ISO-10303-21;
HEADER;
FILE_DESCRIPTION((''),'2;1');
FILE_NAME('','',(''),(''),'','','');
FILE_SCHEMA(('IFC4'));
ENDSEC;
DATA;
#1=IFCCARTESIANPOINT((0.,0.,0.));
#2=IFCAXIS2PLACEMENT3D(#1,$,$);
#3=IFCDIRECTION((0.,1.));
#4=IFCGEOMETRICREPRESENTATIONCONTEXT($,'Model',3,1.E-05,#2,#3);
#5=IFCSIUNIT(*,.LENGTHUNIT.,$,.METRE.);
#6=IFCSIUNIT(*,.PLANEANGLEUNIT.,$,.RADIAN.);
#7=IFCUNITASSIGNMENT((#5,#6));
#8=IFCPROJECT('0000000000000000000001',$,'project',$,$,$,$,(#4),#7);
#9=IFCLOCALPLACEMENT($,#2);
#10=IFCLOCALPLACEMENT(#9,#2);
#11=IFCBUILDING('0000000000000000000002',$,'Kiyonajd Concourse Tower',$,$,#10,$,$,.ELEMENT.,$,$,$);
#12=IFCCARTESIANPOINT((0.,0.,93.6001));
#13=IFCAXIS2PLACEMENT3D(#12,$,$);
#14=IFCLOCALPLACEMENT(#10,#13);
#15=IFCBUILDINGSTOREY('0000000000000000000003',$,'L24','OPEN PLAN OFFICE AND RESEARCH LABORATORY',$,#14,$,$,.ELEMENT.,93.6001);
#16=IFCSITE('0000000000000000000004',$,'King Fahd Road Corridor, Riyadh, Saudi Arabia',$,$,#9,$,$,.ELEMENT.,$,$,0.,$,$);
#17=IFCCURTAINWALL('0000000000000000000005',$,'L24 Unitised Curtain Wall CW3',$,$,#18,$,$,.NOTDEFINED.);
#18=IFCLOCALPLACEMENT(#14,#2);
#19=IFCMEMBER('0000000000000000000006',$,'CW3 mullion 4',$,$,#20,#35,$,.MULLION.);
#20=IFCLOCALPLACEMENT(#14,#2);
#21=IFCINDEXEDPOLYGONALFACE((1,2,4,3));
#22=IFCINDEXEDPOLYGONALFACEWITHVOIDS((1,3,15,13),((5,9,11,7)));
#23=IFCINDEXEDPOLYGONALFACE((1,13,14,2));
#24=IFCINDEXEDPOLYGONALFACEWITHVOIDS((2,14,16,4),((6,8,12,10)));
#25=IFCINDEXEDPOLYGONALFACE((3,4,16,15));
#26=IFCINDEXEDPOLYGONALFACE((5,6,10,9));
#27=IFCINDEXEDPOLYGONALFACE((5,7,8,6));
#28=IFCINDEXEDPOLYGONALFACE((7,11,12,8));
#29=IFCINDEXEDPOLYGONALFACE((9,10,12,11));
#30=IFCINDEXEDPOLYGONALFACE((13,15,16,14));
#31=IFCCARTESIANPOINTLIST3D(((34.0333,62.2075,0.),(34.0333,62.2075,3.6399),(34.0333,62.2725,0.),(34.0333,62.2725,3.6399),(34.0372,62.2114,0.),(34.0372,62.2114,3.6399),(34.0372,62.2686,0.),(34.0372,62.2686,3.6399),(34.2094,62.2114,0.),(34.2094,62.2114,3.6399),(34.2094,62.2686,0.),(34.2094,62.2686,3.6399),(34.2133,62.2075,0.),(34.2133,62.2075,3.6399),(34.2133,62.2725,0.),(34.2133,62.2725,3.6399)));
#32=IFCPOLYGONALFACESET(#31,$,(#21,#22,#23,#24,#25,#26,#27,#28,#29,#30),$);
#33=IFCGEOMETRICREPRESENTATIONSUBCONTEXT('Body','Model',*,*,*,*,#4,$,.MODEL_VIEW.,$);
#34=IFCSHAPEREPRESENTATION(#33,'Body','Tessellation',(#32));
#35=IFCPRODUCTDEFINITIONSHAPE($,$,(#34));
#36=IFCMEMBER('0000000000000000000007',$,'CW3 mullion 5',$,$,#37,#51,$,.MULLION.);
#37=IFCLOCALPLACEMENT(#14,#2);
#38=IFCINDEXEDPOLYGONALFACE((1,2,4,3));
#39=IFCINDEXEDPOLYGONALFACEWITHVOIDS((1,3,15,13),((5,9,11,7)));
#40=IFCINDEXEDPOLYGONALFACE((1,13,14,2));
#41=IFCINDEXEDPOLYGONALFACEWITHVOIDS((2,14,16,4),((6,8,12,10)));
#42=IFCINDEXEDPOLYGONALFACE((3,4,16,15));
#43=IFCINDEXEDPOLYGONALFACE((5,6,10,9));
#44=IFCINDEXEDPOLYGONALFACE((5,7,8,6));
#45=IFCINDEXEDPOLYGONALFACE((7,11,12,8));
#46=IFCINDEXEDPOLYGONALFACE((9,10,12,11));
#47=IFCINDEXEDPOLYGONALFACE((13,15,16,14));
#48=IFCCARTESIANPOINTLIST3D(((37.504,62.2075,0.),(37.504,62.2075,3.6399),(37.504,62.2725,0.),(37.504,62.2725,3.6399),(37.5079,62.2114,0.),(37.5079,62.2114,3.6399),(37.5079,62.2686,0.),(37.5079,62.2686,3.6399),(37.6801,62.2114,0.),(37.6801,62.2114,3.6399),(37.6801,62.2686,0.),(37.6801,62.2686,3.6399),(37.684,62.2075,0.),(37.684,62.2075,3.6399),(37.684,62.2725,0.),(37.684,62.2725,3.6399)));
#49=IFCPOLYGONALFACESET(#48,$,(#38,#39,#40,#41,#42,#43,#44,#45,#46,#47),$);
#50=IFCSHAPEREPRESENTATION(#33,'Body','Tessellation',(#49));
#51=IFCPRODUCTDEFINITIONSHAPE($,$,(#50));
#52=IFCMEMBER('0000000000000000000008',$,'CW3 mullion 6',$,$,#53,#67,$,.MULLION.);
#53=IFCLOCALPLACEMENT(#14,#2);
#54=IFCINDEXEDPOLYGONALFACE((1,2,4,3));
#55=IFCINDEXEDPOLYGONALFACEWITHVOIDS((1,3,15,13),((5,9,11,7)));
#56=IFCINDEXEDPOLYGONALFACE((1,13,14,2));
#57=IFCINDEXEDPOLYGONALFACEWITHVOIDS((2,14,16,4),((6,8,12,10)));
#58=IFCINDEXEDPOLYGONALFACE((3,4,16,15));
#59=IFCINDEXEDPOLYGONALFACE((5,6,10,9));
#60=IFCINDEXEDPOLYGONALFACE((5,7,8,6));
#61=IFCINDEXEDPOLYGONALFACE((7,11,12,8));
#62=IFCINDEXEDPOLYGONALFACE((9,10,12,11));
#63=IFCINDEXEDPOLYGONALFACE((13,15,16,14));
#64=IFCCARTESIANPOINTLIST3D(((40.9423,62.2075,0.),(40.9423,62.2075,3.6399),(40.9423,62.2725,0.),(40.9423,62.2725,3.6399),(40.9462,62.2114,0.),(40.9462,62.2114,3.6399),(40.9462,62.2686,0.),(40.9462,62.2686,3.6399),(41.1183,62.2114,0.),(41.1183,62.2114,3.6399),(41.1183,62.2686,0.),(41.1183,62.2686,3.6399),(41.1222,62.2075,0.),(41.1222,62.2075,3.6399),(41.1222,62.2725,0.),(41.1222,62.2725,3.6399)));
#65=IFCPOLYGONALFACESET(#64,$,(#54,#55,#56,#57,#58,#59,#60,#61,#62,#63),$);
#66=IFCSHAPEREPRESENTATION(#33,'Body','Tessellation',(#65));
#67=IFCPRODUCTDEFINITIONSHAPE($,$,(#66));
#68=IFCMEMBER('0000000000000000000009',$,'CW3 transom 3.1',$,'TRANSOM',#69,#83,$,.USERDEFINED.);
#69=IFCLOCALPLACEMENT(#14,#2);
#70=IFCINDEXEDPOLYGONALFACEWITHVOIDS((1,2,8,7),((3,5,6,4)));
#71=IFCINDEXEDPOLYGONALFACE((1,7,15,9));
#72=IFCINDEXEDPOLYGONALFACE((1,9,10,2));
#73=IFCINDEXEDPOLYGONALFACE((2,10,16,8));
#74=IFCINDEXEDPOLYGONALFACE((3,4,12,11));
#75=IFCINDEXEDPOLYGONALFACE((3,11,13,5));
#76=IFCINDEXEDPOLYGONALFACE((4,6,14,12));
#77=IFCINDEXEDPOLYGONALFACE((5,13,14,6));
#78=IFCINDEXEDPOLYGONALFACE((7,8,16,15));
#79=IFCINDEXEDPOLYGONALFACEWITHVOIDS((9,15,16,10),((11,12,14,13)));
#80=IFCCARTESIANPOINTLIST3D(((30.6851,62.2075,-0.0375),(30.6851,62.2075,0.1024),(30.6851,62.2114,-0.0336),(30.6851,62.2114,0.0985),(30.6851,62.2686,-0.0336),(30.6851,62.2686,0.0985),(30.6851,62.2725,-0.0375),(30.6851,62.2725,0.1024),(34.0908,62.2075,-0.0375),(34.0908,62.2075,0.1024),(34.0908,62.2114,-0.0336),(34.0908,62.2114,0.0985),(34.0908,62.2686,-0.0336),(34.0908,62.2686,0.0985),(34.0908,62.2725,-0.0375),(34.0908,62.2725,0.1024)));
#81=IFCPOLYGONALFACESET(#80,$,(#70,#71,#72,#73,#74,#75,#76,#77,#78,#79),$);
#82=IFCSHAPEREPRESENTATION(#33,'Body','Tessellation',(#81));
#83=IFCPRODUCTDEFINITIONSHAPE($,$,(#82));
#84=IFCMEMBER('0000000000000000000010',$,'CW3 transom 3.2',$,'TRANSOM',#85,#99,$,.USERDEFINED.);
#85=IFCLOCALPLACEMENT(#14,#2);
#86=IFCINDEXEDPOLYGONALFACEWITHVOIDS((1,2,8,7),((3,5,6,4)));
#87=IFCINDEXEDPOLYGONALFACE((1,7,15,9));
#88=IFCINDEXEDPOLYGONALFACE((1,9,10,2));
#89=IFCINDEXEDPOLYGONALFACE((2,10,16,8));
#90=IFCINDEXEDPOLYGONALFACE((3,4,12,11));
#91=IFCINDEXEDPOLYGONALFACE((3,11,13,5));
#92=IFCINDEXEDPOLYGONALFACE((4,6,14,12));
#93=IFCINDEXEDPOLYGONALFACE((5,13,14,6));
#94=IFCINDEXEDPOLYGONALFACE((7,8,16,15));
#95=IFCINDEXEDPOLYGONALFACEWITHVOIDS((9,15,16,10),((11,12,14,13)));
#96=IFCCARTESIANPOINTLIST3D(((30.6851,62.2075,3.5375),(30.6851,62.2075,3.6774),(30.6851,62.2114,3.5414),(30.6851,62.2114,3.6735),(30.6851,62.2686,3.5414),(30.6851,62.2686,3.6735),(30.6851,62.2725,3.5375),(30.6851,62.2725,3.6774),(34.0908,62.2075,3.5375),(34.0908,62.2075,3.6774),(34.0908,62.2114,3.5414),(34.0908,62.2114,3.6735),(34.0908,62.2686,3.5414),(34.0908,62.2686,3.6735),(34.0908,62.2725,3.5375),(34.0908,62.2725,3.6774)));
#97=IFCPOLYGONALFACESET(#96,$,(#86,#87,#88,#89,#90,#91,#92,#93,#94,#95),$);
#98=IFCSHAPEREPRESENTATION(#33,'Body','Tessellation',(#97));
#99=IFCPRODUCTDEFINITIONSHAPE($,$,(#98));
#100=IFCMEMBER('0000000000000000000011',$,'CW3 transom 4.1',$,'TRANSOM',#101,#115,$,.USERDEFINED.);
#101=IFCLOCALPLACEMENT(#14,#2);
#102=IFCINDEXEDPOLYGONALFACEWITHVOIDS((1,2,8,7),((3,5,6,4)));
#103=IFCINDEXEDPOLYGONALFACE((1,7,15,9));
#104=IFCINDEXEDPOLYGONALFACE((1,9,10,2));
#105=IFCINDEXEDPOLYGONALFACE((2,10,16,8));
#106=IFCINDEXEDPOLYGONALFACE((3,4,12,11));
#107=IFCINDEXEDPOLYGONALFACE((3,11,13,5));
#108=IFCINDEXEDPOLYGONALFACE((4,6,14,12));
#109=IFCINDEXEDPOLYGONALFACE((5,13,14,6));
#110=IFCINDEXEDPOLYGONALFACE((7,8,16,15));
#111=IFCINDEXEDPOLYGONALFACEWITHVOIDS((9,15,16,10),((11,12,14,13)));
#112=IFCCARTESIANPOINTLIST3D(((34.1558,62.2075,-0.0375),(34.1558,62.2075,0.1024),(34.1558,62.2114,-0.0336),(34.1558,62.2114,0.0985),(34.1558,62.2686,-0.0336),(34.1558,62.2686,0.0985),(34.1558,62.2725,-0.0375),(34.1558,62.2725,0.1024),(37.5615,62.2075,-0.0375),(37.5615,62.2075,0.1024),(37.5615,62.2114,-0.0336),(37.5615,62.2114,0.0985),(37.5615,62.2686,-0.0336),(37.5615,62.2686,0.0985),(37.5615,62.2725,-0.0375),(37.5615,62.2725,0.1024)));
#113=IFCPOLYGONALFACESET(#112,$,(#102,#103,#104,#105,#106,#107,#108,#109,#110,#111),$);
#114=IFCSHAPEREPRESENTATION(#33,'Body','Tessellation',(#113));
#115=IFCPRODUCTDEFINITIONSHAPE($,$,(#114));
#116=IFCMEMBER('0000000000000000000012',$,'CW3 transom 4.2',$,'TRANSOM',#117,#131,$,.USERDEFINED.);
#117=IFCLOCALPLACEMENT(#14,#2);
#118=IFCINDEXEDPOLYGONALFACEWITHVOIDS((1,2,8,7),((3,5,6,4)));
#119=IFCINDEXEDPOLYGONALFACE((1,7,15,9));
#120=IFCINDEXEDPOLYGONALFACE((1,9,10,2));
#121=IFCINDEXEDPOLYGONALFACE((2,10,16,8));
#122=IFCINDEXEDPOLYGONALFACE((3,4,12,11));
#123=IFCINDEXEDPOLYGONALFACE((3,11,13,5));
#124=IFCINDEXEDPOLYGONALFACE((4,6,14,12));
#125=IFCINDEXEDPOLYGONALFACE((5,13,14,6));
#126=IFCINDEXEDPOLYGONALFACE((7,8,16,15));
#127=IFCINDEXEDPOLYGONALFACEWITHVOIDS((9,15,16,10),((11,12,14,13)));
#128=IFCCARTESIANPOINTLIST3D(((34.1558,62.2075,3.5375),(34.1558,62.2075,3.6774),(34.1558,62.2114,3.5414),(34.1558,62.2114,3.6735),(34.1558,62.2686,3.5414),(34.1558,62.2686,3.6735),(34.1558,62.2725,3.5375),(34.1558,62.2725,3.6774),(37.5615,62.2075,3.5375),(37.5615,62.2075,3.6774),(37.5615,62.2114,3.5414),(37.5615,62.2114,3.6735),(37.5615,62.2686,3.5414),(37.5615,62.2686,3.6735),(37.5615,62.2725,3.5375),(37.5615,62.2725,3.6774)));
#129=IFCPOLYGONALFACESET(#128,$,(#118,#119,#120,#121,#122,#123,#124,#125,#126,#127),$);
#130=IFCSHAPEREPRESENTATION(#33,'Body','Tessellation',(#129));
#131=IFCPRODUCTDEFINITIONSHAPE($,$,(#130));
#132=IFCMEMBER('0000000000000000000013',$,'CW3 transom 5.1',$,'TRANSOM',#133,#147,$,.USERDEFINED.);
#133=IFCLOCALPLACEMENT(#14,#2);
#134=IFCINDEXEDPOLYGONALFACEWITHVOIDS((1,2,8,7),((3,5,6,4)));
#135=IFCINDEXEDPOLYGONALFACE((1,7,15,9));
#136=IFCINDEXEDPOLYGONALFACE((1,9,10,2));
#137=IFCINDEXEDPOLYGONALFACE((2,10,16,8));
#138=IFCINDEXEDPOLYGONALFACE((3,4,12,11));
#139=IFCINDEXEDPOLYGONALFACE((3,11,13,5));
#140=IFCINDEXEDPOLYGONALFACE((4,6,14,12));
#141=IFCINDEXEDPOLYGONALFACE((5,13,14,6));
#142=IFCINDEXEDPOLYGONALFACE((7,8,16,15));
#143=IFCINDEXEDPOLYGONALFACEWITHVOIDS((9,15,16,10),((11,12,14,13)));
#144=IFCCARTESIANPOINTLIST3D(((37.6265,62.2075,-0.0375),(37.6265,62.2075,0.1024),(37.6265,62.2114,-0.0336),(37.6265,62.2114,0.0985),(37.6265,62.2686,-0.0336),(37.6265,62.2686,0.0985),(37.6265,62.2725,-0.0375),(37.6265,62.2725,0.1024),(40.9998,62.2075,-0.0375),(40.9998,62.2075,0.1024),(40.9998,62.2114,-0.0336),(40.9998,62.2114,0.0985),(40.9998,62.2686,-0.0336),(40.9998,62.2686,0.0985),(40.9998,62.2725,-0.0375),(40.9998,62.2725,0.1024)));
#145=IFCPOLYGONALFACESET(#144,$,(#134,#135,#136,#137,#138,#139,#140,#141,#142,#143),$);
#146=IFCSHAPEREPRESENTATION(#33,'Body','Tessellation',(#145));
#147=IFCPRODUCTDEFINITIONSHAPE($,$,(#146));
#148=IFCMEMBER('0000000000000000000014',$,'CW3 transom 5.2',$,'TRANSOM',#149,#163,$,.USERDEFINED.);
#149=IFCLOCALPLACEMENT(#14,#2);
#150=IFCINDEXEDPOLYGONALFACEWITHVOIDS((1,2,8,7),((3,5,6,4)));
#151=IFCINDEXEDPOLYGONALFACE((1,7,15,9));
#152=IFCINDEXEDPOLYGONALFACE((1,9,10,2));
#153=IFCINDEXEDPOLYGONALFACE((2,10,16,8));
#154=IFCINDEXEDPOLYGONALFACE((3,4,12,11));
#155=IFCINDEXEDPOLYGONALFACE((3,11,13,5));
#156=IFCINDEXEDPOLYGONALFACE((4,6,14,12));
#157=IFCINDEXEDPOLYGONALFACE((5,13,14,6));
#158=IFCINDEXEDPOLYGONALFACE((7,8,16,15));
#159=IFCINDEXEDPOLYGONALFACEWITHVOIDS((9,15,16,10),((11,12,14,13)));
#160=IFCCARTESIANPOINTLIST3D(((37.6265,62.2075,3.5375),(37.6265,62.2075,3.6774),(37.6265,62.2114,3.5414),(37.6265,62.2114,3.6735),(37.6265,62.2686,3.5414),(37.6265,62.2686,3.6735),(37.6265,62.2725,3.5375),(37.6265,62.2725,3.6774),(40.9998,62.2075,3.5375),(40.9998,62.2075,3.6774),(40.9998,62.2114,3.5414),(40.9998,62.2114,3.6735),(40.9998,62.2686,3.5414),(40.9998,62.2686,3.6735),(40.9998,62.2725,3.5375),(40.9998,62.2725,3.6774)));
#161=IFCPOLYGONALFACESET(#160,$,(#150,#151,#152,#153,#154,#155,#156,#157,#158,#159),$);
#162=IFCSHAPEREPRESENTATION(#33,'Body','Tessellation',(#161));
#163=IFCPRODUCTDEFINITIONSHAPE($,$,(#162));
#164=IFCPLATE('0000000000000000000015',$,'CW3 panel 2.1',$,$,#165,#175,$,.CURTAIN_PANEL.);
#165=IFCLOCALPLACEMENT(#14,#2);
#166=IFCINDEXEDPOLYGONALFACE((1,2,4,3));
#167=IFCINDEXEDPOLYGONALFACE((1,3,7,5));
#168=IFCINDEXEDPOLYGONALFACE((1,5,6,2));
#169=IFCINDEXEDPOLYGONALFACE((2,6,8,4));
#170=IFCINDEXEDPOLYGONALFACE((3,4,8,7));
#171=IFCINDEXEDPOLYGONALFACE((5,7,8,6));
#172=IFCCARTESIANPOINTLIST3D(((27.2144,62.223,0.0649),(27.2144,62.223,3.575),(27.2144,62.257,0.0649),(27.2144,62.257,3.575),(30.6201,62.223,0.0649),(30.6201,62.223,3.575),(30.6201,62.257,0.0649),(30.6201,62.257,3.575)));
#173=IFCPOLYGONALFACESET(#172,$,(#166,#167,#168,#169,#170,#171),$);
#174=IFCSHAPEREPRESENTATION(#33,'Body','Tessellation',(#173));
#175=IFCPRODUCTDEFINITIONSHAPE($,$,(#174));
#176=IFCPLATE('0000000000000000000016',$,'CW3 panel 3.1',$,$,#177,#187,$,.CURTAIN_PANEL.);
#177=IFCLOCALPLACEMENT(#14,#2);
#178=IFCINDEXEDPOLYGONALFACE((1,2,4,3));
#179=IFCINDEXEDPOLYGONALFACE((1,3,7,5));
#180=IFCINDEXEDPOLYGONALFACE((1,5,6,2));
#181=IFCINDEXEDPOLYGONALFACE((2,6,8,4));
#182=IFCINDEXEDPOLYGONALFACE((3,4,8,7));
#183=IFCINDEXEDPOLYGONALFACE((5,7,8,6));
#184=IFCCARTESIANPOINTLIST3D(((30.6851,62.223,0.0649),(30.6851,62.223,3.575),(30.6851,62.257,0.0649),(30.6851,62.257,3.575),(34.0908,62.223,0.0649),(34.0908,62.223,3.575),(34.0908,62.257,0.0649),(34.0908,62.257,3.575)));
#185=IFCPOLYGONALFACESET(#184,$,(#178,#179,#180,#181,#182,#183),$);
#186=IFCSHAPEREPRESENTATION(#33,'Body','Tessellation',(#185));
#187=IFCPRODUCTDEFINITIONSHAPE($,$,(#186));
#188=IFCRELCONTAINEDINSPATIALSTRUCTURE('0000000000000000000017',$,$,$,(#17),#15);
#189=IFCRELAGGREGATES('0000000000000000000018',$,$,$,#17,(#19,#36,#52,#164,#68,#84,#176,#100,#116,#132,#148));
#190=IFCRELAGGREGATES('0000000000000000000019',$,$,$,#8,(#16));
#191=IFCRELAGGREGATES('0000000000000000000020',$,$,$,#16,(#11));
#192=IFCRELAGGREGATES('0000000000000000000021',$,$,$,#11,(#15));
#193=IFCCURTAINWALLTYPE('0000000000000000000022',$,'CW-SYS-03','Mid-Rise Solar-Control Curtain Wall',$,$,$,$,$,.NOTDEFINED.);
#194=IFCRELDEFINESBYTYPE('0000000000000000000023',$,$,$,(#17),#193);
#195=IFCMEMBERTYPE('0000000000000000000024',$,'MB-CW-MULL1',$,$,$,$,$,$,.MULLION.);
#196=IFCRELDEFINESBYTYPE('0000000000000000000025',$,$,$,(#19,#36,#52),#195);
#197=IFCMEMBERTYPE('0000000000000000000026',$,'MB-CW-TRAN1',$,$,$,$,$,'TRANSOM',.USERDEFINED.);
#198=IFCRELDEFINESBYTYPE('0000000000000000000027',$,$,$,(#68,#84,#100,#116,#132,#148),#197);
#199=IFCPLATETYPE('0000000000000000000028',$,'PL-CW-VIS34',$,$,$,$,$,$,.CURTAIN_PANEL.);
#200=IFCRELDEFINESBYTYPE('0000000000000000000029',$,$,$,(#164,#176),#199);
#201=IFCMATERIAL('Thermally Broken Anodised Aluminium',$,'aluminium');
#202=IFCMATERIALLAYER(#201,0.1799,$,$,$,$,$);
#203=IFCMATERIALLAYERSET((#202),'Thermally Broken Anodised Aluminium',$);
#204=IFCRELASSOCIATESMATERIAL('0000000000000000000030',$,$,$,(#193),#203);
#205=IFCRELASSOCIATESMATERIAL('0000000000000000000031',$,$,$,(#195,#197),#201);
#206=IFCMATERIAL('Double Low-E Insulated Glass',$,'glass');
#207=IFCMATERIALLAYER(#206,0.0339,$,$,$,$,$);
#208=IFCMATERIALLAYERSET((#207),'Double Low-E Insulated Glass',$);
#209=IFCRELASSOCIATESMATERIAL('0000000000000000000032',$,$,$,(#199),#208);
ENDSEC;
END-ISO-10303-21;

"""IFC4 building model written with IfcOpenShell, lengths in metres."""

from ifc_helpers import new_model, si_unit, direction, frame, origin, origin_2d, place, context, subcontext, project, spatial, rectangle, hollow_rectangle, extrude, material, layer, layer_set, material_profile, profile_set, type_object, element, aggregate, save


model = new_model("IFC4")

# Units and contexts
model_context = context("Model", 3, precision=1e-05, world=origin(), true_north=direction((0.0, 1.0)))
body_context = subcontext(model_context, "Body", "Model", "MODEL_VIEW")
ifc_project = project(units=[si_unit("LENGTHUNIT", "METRE"), si_unit("PLANEANGLEUNIT", "RADIAN")], contexts=[model_context])

# Site, building, storey
site_placement = place(None, origin())
site = spatial("IfcSite", under=ifc_project, at=site_placement, Name="King Fahd Road Corridor, Riyadh, Saudi Arabia", CompositionType="ELEMENT", RefElevation=0.0)
building_placement = place(site_placement, origin())
building = spatial("IfcBuilding", under=site, at=building_placement, Name="Kiyonajd Concourse Tower", CompositionType="ELEMENT")
storey_placement = place(building_placement, frame((0.0, 0.0, 93.6001)))
storey = spatial("IfcBuildingStorey", under=building, at=storey_placement, Name="L24", Description="OPEN PLAN OFFICE AND RESEARCH LABORATORY", CompositionType="ELEMENT", Elevation=93.6001)

# Curtain wall, members, plates
ifc_material_1 = material(Name="Thermally Broken Anodised Aluminium", Category="aluminium")
ifc_layer_1 = layer(ifc_material_1, 0.1799)
ifc_layer_set_1 = layer_set([ifc_layer_1], Name="Thermally Broken Anodised Aluminium")
curtain_wall_type = type_object("IfcCurtainWallType", Name="CW-SYS-03", Description="Mid-Rise Solar-Control Curtain Wall", PredefinedType="NOTDEFINED", material=ifc_layer_set_1)
curtain_wall_placement = place(storey_placement, origin())
curtain_wall = element("IfcCurtainWall", 1, at=curtain_wall_placement, inside=storey, type_object=curtain_wall_type, Name="L24 Unitised Curtain Wall CW3", PredefinedType="NOTDEFINED")
ifc_material_profile_1 = material_profile(ifc_material_1, hollow_rectangle(XDim=0.0649, YDim=0.1799, WallThickness=0.0039, at=origin_2d()), Name="MULL-65x180")
ifc_profile_set_1 = profile_set([ifc_material_profile_1], Name="Thermally Broken Anodised Aluminium")
member_type_1 = type_object("IfcMemberType", Name="MB-CW-MULL1", PredefinedType="MULLION", material=ifc_profile_set_1)
member_1_placement = place(storey_placement, frame((34.1233, 62.24, 0.0), z_axis=(0.0, 0.0, 1.0), x_axis=(0.0, 1.0, 0.0)))
member_1 = element("IfcMember", 2, at=member_1_placement, type_object=member_type_1, Name="CW3 mullion 4", PredefinedType="MULLION", context=body_context, shape_type="SweptSolid", body=[
    extrude(hollow_rectangle(XDim=0.0649, YDim=0.1799, WallThickness=0.0039, at=origin_2d()), origin(), (0.0, 0.0, 1.0), 3.6399),
])
member_2_placement = place(storey_placement, frame((37.594, 62.24, 0.0), z_axis=(0.0, 0.0, 1.0), x_axis=(0.0, 1.0, 0.0)))
member_2 = element("IfcMember", 3, at=member_2_placement, type_object=member_type_1, Name="CW3 mullion 5", PredefinedType="MULLION", context=body_context, shape_type="SweptSolid", body=[
    extrude(hollow_rectangle(XDim=0.0649, YDim=0.1799, WallThickness=0.0039, at=origin_2d()), origin(), (0.0, 0.0, 1.0), 3.6399),
])
member_3_placement = place(storey_placement, frame((41.0322, 62.24, 0.0), z_axis=(0.0, 0.0, 1.0), x_axis=(0.0, 1.0, 0.0)))
member_3 = element("IfcMember", 4, at=member_3_placement, type_object=member_type_1, Name="CW3 mullion 6", PredefinedType="MULLION", context=body_context, shape_type="SweptSolid", body=[
    extrude(hollow_rectangle(XDim=0.0649, YDim=0.1799, WallThickness=0.0039, at=origin_2d()), origin(), (0.0, 0.0, 1.0), 3.6399),
])
ifc_material_profile_2 = material_profile(ifc_material_1, hollow_rectangle(XDim=0.0649, YDim=0.1399, WallThickness=0.0039, at=origin_2d()), Name="TRAN-65x140")
ifc_profile_set_2 = profile_set([ifc_material_profile_2], Name="Thermally Broken Anodised Aluminium")
member_type_2 = type_object("IfcMemberType", Name="MB-CW-TRAN1", ElementType="TRANSOM", PredefinedType="USERDEFINED", material=ifc_profile_set_2)
member_4_placement = place(storey_placement, frame((30.6851, 62.24, 0.0325), z_axis=(1.0, 0.0, 0.0), x_axis=(0.0, 1.0, 0.0)))
member_4 = element("IfcMember", 5, at=member_4_placement, type_object=member_type_2, Name="CW3 transom 3.1", ObjectType="TRANSOM", PredefinedType="USERDEFINED", context=body_context, shape_type="SweptSolid", body=[
    extrude(hollow_rectangle(XDim=0.0649, YDim=0.1399, WallThickness=0.0039, at=origin_2d()), origin(), (0.0, 0.0, 1.0), 3.4058),
])
member_5_placement = place(storey_placement, frame((30.6851, 62.24, 3.6074), z_axis=(1.0, 0.0, 0.0), x_axis=(0.0, 1.0, 0.0)))
member_5 = element("IfcMember", 6, at=member_5_placement, type_object=member_type_2, Name="CW3 transom 3.2", ObjectType="TRANSOM", PredefinedType="USERDEFINED", context=body_context, shape_type="SweptSolid", body=[
    extrude(hollow_rectangle(XDim=0.0649, YDim=0.1399, WallThickness=0.0039, at=origin_2d()), origin(), (0.0, 0.0, 1.0), 3.4058),
])
member_6_placement = place(storey_placement, frame((34.1558, 62.24, 0.0325), z_axis=(1.0, 0.0, 0.0), x_axis=(0.0, 1.0, 0.0)))
member_6 = element("IfcMember", 7, at=member_6_placement, type_object=member_type_2, Name="CW3 transom 4.1", ObjectType="TRANSOM", PredefinedType="USERDEFINED", context=body_context, shape_type="SweptSolid", body=[
    extrude(hollow_rectangle(XDim=0.0649, YDim=0.1399, WallThickness=0.0039, at=origin_2d()), origin(), (0.0, 0.0, 1.0), 3.4058),
])
member_7_placement = place(storey_placement, frame((34.1558, 62.24, 3.6074), z_axis=(1.0, 0.0, 0.0), x_axis=(0.0, 1.0, 0.0)))
member_7 = element("IfcMember", 8, at=member_7_placement, type_object=member_type_2, Name="CW3 transom 4.2", ObjectType="TRANSOM", PredefinedType="USERDEFINED", context=body_context, shape_type="SweptSolid", body=[
    extrude(hollow_rectangle(XDim=0.0649, YDim=0.1399, WallThickness=0.0039, at=origin_2d()), origin(), (0.0, 0.0, 1.0), 3.4058),
])
member_8_placement = place(storey_placement, frame((37.6265, 62.24, 0.0325), z_axis=(1.0, 0.0, 0.0), x_axis=(0.0, 1.0, 0.0)))
member_8 = element("IfcMember", 9, at=member_8_placement, type_object=member_type_2, Name="CW3 transom 5.1", ObjectType="TRANSOM", PredefinedType="USERDEFINED", context=body_context, shape_type="SweptSolid", body=[
    extrude(hollow_rectangle(XDim=0.0649, YDim=0.1399, WallThickness=0.0039, at=origin_2d()), origin(), (0.0, 0.0, 1.0), 3.3733),
])
member_9_placement = place(storey_placement, frame((37.6265, 62.24, 3.6074), z_axis=(1.0, 0.0, 0.0), x_axis=(0.0, 1.0, 0.0)))
member_9 = element("IfcMember", 10, at=member_9_placement, type_object=member_type_2, Name="CW3 transom 5.2", ObjectType="TRANSOM", PredefinedType="USERDEFINED", context=body_context, shape_type="SweptSolid", body=[
    extrude(hollow_rectangle(XDim=0.0649, YDim=0.1399, WallThickness=0.0039, at=origin_2d()), origin(), (0.0, 0.0, 1.0), 3.3733),
])
ifc_material_2 = material(Name="Double Low-E Insulated Glass", Category="glass")
ifc_layer_2 = layer(ifc_material_2, 0.0339)
ifc_layer_set_2 = layer_set([ifc_layer_2], Name="Double Low-E Insulated Glass")
plate_type_1 = type_object("IfcPlateType", Name="PL-CW-VIS34", PredefinedType="CURTAIN_PANEL", material=ifc_layer_set_2)
plate_1_placement = place(storey_placement, frame((28.9172, 62.24, 0.0649), z_axis=(0.0, 0.0, 1.0), x_axis=(1.0, 0.0, 0.0)))
plate_1 = element("IfcPlate", 11, at=plate_1_placement, type_object=plate_type_1, Name="CW3 panel 2.1", PredefinedType="CURTAIN_PANEL", context=body_context, shape_type="SweptSolid", body=[
    extrude(rectangle(XDim=3.4058, YDim=0.0339, at=origin_2d()), origin(), (0.0, 0.0, 1.0), 3.51),
])
plate_2_placement = place(storey_placement, frame((32.3879, 62.24, 0.0649), z_axis=(0.0, 0.0, 1.0), x_axis=(1.0, 0.0, 0.0)))
plate_2 = element("IfcPlate", 12, at=plate_2_placement, type_object=plate_type_1, Name="CW3 panel 3.1", PredefinedType="CURTAIN_PANEL", context=body_context, shape_type="SweptSolid", body=[
    extrude(rectangle(XDim=3.4058, YDim=0.0339, at=origin_2d()), origin(), (0.0, 0.0, 1.0), 3.51),
])
aggregate(curtain_wall, [member_1, member_2, member_3, plate_1, member_4, member_5, plate_2, member_6, member_7, member_8, member_9])

save(model, "model.ifc")
